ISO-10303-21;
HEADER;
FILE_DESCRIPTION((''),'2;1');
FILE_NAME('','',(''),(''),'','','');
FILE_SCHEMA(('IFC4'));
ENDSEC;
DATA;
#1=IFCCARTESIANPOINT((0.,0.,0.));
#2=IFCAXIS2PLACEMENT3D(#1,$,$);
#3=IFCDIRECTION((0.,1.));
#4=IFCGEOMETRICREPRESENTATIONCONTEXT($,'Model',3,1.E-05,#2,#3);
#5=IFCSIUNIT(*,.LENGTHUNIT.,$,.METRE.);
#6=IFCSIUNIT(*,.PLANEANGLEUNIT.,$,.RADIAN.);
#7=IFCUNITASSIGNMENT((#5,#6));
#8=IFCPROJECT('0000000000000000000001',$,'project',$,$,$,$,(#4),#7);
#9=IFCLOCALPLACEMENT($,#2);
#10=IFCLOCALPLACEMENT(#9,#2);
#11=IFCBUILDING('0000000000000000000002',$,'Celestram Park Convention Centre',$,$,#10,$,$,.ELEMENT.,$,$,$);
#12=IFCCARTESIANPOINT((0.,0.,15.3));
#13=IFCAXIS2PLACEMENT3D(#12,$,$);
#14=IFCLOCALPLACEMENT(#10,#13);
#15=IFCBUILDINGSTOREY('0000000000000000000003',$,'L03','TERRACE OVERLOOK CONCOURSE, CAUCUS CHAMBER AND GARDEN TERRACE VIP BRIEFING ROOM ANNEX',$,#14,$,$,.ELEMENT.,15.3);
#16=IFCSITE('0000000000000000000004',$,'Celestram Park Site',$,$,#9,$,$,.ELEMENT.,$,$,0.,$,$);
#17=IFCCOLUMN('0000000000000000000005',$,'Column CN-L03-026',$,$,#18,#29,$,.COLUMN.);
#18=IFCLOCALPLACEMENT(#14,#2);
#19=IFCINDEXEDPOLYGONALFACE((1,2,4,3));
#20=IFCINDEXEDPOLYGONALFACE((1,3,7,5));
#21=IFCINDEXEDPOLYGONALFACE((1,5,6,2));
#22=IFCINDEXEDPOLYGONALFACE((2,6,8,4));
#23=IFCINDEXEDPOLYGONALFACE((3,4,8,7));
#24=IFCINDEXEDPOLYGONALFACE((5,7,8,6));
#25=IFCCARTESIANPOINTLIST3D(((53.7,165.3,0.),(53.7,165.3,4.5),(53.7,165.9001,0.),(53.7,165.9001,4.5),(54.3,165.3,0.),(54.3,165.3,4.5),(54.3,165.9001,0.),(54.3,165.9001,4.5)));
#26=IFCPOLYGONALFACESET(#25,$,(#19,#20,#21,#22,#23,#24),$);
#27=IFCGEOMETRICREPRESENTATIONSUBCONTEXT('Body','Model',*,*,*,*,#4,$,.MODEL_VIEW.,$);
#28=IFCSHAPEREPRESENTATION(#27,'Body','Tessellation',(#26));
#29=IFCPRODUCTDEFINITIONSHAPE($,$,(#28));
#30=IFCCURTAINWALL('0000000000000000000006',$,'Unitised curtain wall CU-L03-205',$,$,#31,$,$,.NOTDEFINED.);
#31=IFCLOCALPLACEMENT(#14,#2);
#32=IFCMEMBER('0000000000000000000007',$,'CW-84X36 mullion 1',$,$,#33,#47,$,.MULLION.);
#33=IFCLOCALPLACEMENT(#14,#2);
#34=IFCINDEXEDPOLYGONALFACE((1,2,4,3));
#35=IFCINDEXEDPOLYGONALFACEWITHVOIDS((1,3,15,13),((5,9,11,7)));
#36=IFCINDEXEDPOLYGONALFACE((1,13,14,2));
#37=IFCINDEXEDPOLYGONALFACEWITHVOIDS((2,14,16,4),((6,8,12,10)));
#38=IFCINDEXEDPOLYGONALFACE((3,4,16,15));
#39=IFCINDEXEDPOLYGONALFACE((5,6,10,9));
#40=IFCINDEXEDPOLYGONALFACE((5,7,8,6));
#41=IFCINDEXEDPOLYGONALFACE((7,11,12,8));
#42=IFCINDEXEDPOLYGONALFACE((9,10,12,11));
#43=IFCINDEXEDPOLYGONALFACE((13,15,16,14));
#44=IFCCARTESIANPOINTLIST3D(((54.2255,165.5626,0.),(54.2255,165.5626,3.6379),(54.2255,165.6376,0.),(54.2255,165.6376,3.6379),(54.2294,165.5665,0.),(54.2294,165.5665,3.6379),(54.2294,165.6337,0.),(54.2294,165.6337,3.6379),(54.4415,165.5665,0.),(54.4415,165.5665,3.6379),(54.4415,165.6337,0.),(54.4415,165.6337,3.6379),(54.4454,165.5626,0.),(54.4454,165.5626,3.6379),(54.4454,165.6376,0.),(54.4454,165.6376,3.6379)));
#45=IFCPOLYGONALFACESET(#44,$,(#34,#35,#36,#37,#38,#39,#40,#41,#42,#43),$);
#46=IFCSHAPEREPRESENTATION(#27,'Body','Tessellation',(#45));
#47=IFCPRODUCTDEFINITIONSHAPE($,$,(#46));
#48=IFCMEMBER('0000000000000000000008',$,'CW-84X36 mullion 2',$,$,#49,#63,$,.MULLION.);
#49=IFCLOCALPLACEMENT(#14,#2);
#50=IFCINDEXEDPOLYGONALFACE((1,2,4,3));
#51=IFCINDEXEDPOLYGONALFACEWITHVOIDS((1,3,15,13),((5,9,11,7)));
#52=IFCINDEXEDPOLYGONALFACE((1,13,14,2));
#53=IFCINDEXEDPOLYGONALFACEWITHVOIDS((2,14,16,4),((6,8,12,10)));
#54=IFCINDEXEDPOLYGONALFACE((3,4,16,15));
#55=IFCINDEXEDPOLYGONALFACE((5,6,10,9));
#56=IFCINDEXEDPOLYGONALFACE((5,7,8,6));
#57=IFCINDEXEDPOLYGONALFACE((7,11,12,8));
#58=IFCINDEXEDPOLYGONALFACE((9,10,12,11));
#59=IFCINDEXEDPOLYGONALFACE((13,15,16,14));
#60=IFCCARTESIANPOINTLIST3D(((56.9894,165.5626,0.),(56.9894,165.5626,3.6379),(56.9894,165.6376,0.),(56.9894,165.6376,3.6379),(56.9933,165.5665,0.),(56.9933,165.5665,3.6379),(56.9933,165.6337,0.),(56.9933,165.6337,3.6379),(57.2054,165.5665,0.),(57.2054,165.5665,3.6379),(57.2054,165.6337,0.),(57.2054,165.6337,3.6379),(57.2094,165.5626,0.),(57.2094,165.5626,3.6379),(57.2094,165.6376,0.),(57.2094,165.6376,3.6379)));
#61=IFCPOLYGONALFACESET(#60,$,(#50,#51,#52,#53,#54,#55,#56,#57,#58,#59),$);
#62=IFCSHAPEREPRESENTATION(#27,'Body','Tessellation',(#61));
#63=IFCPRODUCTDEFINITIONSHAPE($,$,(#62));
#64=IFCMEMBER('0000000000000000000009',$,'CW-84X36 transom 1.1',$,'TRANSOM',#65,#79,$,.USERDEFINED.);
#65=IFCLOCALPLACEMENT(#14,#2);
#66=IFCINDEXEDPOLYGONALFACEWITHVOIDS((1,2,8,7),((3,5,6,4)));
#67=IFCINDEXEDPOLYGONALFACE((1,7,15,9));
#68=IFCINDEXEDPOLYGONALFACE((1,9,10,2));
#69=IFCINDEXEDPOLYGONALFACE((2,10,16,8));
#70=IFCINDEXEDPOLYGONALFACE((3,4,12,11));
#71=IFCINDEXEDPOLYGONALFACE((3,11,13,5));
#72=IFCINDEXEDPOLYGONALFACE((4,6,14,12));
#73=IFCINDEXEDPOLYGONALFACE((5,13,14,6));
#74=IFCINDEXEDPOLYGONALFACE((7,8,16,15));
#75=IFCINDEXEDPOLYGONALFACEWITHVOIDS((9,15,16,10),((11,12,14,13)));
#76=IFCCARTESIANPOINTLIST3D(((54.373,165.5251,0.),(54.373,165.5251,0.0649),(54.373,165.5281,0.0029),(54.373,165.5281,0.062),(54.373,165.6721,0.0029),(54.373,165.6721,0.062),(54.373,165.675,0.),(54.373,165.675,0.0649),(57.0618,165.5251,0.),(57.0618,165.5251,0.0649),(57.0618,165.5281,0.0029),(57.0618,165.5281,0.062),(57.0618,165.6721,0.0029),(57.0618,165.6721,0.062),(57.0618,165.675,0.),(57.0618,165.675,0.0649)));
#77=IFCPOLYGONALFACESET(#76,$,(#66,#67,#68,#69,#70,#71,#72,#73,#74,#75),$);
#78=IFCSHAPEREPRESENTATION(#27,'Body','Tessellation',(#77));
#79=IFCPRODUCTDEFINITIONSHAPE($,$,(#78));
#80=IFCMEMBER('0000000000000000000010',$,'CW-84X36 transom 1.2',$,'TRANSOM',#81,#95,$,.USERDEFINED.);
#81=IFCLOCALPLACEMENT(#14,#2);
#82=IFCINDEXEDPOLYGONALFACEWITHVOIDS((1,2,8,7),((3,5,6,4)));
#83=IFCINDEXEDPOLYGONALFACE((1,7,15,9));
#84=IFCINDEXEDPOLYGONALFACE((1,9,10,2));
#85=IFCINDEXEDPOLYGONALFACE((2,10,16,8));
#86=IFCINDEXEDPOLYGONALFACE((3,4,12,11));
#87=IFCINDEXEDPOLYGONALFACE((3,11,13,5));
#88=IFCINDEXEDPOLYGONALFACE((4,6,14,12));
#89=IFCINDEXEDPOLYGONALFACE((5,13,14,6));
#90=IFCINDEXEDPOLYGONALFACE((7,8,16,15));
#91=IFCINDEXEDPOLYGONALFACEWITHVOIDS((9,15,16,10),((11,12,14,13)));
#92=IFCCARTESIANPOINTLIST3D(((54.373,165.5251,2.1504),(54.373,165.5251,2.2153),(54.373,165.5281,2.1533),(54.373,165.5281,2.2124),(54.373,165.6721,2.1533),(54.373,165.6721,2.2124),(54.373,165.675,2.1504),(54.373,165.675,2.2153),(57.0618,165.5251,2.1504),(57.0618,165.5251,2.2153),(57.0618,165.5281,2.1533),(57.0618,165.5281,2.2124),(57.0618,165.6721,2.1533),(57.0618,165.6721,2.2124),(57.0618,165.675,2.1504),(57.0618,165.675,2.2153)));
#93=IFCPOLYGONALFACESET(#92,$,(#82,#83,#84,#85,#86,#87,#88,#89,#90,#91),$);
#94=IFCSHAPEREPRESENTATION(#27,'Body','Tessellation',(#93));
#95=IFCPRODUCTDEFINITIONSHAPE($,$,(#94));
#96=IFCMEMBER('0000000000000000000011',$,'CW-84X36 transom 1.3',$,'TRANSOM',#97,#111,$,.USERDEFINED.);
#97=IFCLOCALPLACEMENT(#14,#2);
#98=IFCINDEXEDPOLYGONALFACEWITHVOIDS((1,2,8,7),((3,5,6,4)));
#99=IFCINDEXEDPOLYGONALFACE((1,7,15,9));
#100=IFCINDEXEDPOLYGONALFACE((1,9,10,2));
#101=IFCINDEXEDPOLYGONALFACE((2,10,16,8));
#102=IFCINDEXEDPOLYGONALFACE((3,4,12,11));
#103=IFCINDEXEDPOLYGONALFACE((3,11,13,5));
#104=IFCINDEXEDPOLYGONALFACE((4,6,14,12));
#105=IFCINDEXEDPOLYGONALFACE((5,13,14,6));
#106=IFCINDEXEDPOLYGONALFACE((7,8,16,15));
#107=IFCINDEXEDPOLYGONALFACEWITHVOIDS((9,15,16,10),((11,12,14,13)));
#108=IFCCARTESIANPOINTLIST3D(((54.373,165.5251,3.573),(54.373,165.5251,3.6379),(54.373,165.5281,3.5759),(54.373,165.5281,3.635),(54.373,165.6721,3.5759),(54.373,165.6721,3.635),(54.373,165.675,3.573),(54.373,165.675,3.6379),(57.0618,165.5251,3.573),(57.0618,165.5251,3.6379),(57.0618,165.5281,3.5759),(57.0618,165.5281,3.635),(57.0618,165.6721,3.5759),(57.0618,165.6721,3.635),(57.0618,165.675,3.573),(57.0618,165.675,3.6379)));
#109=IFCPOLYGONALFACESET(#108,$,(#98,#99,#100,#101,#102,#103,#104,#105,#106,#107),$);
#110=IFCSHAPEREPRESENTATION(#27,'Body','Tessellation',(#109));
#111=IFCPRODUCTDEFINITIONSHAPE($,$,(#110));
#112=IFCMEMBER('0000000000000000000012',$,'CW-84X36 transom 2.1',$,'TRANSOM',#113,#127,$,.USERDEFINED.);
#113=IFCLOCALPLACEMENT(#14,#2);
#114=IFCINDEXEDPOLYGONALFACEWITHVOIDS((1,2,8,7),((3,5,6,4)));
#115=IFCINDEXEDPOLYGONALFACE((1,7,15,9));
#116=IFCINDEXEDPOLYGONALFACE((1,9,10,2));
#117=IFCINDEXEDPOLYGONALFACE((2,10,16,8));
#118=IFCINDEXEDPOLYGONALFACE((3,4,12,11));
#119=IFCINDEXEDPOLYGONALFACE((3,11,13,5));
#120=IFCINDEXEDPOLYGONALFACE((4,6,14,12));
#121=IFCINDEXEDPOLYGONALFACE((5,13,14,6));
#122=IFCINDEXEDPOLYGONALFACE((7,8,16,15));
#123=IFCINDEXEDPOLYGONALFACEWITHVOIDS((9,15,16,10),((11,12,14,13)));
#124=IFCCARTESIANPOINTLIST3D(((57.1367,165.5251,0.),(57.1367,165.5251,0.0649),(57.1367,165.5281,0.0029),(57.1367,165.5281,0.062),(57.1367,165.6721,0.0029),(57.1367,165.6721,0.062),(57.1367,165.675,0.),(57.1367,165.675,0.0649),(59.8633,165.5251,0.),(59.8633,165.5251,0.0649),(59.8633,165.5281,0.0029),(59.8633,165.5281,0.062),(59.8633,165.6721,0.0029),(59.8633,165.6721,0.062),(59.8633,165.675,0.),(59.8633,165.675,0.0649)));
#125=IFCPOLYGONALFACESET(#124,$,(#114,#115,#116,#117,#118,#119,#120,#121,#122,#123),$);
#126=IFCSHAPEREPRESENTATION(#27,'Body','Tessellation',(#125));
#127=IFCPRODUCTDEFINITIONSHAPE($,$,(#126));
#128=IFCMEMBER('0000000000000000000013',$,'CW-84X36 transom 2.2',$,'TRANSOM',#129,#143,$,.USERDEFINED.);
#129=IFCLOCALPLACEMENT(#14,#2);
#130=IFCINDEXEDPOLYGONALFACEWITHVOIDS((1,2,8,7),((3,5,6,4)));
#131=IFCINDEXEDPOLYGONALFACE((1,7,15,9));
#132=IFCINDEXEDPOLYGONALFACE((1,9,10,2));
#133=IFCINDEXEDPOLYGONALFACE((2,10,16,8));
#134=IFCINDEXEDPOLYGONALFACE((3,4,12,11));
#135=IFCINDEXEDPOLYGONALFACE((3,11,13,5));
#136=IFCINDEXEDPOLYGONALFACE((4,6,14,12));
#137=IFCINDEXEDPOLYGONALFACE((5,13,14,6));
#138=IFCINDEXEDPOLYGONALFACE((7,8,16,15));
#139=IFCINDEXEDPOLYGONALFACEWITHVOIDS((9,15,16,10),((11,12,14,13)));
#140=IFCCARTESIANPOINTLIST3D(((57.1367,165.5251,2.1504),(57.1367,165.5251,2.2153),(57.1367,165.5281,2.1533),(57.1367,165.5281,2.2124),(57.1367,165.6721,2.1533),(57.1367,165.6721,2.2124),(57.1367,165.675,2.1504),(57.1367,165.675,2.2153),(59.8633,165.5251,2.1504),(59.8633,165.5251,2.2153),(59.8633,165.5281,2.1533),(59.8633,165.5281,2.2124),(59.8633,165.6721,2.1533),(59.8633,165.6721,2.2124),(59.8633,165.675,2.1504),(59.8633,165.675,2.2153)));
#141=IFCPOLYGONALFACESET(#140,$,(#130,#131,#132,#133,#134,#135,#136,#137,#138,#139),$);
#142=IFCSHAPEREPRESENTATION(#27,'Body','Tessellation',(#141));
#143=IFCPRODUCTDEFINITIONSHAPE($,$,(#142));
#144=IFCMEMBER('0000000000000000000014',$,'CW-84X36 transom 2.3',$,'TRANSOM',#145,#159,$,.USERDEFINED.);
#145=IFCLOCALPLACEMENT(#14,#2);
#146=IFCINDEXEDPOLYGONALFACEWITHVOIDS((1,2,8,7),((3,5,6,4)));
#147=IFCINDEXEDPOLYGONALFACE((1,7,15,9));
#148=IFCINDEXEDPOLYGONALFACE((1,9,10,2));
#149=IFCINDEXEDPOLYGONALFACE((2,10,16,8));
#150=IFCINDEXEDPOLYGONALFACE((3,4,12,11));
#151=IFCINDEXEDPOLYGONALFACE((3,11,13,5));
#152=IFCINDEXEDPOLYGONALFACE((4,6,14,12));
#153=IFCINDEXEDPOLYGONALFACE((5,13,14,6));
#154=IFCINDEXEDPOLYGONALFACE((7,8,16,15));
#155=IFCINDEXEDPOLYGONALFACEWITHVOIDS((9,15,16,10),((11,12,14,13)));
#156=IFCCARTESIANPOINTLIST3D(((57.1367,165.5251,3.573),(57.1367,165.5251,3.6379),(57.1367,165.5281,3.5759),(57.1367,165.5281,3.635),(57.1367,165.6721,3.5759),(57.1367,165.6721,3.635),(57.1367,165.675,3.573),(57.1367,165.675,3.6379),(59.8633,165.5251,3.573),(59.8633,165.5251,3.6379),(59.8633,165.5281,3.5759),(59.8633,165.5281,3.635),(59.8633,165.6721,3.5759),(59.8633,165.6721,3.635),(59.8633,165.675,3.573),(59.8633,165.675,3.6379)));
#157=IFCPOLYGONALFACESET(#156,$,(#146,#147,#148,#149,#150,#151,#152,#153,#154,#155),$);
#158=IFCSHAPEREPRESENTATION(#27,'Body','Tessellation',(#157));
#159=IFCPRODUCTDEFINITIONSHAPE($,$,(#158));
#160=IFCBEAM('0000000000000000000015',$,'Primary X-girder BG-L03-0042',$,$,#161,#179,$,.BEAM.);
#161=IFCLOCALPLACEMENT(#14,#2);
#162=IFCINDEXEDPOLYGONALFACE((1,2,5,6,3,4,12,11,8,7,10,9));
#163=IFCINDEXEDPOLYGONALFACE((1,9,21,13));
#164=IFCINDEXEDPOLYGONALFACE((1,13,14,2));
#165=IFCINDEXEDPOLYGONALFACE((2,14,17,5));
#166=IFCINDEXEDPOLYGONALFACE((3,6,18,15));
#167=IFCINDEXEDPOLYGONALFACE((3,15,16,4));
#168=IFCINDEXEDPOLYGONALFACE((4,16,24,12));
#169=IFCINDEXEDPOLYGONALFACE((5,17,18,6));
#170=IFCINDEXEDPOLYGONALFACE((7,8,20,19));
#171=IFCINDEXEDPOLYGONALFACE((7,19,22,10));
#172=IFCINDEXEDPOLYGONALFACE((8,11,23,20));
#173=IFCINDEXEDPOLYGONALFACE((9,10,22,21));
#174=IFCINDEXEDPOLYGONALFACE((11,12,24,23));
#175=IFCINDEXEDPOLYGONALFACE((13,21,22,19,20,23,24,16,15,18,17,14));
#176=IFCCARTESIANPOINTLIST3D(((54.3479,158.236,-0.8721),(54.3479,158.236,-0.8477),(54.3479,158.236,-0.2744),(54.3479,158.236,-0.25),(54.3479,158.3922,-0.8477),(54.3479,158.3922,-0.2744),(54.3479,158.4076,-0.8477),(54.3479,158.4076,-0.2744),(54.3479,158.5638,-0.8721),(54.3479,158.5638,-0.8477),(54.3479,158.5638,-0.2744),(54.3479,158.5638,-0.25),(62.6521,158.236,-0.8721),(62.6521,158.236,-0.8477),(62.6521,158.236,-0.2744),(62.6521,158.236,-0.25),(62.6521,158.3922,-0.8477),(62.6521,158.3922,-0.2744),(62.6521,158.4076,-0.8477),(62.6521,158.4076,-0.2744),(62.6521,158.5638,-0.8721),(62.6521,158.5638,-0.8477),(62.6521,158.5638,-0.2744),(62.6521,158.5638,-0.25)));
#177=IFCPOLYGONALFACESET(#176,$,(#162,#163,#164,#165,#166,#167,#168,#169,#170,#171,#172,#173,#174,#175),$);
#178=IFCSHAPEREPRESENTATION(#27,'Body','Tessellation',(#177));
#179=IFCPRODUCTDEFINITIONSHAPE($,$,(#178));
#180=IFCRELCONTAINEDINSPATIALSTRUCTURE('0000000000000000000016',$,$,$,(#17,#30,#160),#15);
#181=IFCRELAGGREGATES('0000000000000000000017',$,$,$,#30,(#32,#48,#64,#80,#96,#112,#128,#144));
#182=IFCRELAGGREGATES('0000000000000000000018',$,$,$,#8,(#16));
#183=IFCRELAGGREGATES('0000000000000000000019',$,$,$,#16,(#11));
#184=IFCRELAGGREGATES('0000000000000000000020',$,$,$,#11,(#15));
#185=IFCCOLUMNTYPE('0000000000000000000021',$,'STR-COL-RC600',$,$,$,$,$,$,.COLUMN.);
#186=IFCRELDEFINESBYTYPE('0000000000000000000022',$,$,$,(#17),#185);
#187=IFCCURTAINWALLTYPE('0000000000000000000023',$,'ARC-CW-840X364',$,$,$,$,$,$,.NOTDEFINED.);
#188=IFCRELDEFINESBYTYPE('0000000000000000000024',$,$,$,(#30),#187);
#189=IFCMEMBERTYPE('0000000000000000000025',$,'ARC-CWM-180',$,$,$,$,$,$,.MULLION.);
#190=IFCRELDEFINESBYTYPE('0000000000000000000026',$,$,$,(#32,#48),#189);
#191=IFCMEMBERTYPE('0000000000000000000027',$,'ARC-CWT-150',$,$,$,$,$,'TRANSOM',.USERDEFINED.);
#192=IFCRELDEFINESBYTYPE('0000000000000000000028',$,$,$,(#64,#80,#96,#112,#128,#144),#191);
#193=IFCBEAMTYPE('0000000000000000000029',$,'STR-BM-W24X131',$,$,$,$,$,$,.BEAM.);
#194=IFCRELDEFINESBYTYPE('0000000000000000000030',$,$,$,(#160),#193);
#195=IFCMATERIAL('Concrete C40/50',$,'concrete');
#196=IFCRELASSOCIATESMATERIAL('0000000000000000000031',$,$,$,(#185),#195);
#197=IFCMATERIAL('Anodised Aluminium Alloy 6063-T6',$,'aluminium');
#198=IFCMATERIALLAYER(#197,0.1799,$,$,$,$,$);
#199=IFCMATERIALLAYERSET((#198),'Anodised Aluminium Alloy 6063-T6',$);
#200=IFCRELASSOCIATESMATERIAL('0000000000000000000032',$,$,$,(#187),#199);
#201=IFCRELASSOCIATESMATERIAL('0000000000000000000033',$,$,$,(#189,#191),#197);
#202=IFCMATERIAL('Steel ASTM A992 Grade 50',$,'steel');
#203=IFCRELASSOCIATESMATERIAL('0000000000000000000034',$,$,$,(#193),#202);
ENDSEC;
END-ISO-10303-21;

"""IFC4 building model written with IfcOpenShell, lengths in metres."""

from ifc_helpers import new_model, si_unit, direction, frame, origin, origin_2d, place, context, subcontext, project, spatial, rectangle, hollow_rectangle, i_section, extrude, material, layer, layer_set, material_profile, profile_set, type_object, element, aggregate, save


model = new_model("IFC4")

# Units and contexts
model_context = context("Model", 3, precision=1e-05, world=origin(), true_north=direction((0.0, 1.0)))
body_context = subcontext(model_context, "Body", "Model", "MODEL_VIEW")
ifc_project = project(units=[si_unit("LENGTHUNIT", "METRE"), si_unit("PLANEANGLEUNIT", "RADIAN")], contexts=[model_context])

# Site, building, storey
site_placement = place(None, origin())
site = spatial("IfcSite", under=ifc_project, at=site_placement, Name="Celestram Park Site", CompositionType="ELEMENT", RefElevation=0.0)
building_placement = place(site_placement, origin())
building = spatial("IfcBuilding", under=site, at=building_placement, Name="Celestram Park Convention Centre", CompositionType="ELEMENT")
storey_placement = place(building_placement, frame((0.0, 0.0, 15.3)))
storey = spatial("IfcBuildingStorey", under=building, at=storey_placement, Name="L03", Description="TERRACE OVERLOOK CONCOURSE, CAUCUS CHAMBER AND GARDEN TERRACE VIP BRIEFING ROOM ANNEX", CompositionType="ELEMENT", Elevation=15.3)

# Column
ifc_material_1 = material(Name="Concrete C40/50", Category="concrete")
ifc_material_profile_1 = material_profile(ifc_material_1, rectangle(XDim=0.6001, YDim=0.6001, at=origin_2d()), Name="RC600X600")
ifc_profile_set_1 = profile_set([ifc_material_profile_1], Name="Concrete C40/50")
column_type = type_object("IfcColumnType", Name="STR-COL-RC600", PredefinedType="COLUMN", material=ifc_profile_set_1)
column_placement = place(storey_placement, frame((54.0, 165.6001, 0.0), z_axis=(0.0, 0.0, 1.0), x_axis=(1.0, 0.0, 0.0)))
element("IfcColumn", 1, at=column_placement, inside=storey, type_object=column_type, Name="Column CN-L03-026", PredefinedType="COLUMN", context=body_context, shape_type="SweptSolid", body=[
    extrude(rectangle(XDim=0.6001, YDim=0.6001, at=origin_2d()), origin(), (0.0, 0.0, 1.0), 4.5),
])

# Curtain wall, members
ifc_material_2 = material(Name="Anodised Aluminium Alloy 6063-T6", Category="aluminium")
ifc_layer_1 = layer(ifc_material_2, 0.1799)
ifc_layer_set_1 = layer_set([ifc_layer_1], Name="Anodised Aluminium Alloy 6063-T6")
curtain_wall_type = type_object("IfcCurtainWallType", Name="ARC-CW-840X364", PredefinedType="NOTDEFINED", material=ifc_layer_set_1)
curtain_wall_placement = place(storey_placement, origin())
curtain_wall = element("IfcCurtainWall", 2, at=curtain_wall_placement, inside=storey, type_object=curtain_wall_type, Name="Unitised curtain wall CU-L03-205", PredefinedType="NOTDEFINED")
ifc_material_profile_2 = material_profile(ifc_material_2, hollow_rectangle(XDim=0.075, YDim=0.22, WallThickness=0.0039, at=origin_2d()), Name="ALU75X220X4")
ifc_profile_set_2 = profile_set([ifc_material_profile_2], Name="Anodised Aluminium Alloy 6063-T6")
member_type_1 = type_object("IfcMemberType", Name="ARC-CWM-180", PredefinedType="MULLION", material=ifc_profile_set_2)
member_1_placement = place(storey_placement, frame((54.3354, 165.6001, 0.0), z_axis=(0.0, 0.0, 1.0), x_axis=(0.0, 1.0, 0.0)))
member_1 = element("IfcMember", 3, at=member_1_placement, type_object=member_type_1, Name="CW-84X36 mullion 1", PredefinedType="MULLION", context=body_context, shape_type="SweptSolid", body=[
    extrude(hollow_rectangle(XDim=0.075, YDim=0.22, WallThickness=0.0039, at=origin_2d()), origin(), (0.0, 0.0, 1.0), 3.6379),
])
member_2_placement = place(storey_placement, frame((57.0994, 165.6001, 0.0), z_axis=(0.0, 0.0, 1.0), x_axis=(0.0, 1.0, 0.0)))
member_2 = element("IfcMember", 4, at=member_2_placement, type_object=member_type_1, Name="CW-84X36 mullion 2", PredefinedType="MULLION", context=body_context, shape_type="SweptSolid", body=[
    extrude(hollow_rectangle(XDim=0.075, YDim=0.22, WallThickness=0.0039, at=origin_2d()), origin(), (0.0, 0.0, 1.0), 3.6379),
])
ifc_material_profile_3 = material_profile(ifc_material_2, hollow_rectangle(XDim=0.1499, YDim=0.0649, WallThickness=0.0029, at=origin_2d()), Name="ALU150X65X3")
ifc_profile_set_3 = profile_set([ifc_material_profile_3], Name="Anodised Aluminium Alloy 6063-T6")
member_type_2 = type_object("IfcMemberType", Name="ARC-CWT-150", ElementType="TRANSOM", PredefinedType="USERDEFINED", material=ifc_profile_set_3)
member_3_placement = place(storey_placement, frame((54.373, 165.6001, 0.0325), z_axis=(1.0, 0.0, 0.0), x_axis=(0.0, 1.0, 0.0)))
member_3 = element("IfcMember", 5, at=member_3_placement, type_object=member_type_2, Name="CW-84X36 transom 1.1", ObjectType="TRANSOM", PredefinedType="USERDEFINED", context=body_context, shape_type="SweptSolid", body=[
    extrude(hollow_rectangle(XDim=0.1499, YDim=0.0649, WallThickness=0.0029, at=origin_2d()), origin(), (0.0, 0.0, 1.0), 2.6887),
])
member_4_placement = place(storey_placement, frame((54.373, 165.6001, 2.1829), z_axis=(1.0, 0.0, 0.0), x_axis=(0.0, 1.0, 0.0)))
member_4 = element("IfcMember", 6, at=member_4_placement, type_object=member_type_2, Name="CW-84X36 transom 1.2", ObjectType="TRANSOM", PredefinedType="USERDEFINED", context=body_context, shape_type="SweptSolid", body=[
    extrude(hollow_rectangle(XDim=0.1499, YDim=0.0649, WallThickness=0.0029, at=origin_2d()), origin(), (0.0, 0.0, 1.0), 2.6887),
])
member_5_placement = place(storey_placement, frame((54.373, 165.6001, 3.6055), z_axis=(1.0, 0.0, 0.0), x_axis=(0.0, 1.0, 0.0)))
member_5 = element("IfcMember", 7, at=member_5_placement, type_object=member_type_2, Name="CW-84X36 transom 1.3", ObjectType="TRANSOM", PredefinedType="USERDEFINED", context=body_context, shape_type="SweptSolid", body=[
    extrude(hollow_rectangle(XDim=0.1499, YDim=0.0649, WallThickness=0.0029, at=origin_2d()), origin(), (0.0, 0.0, 1.0), 2.6887),
])
member_6_placement = place(storey_placement, frame((57.1367, 165.6001, 0.0325), z_axis=(1.0, 0.0, 0.0), x_axis=(0.0, 1.0, 0.0)))
member_6 = element("IfcMember", 8, at=member_6_placement, type_object=member_type_2, Name="CW-84X36 transom 2.1", ObjectType="TRANSOM", PredefinedType="USERDEFINED", context=body_context, shape_type="SweptSolid", body=[
    extrude(hollow_rectangle(XDim=0.1499, YDim=0.0649, WallThickness=0.0029, at=origin_2d()), origin(), (0.0, 0.0, 1.0), 2.7266),
])
member_7_placement = place(storey_placement, frame((57.1367, 165.6001, 2.1829), z_axis=(1.0, 0.0, 0.0), x_axis=(0.0, 1.0, 0.0)))
member_7 = element("IfcMember", 9, at=member_7_placement, type_object=member_type_2, Name="CW-84X36 transom 2.2", ObjectType="TRANSOM", PredefinedType="USERDEFINED", context=body_context, shape_type="SweptSolid", body=[
    extrude(hollow_rectangle(XDim=0.1499, YDim=0.0649, WallThickness=0.0029, at=origin_2d()), origin(), (0.0, 0.0, 1.0), 2.7266),
])
member_8_placement = place(storey_placement, frame((57.1367, 165.6001, 3.6055), z_axis=(1.0, 0.0, 0.0), x_axis=(0.0, 1.0, 0.0)))
member_8 = element("IfcMember", 10, at=member_8_placement, type_object=member_type_2, Name="CW-84X36 transom 2.3", ObjectType="TRANSOM", PredefinedType="USERDEFINED", context=body_context, shape_type="SweptSolid", body=[
    extrude(hollow_rectangle(XDim=0.1499, YDim=0.0649, WallThickness=0.0029, at=origin_2d()), origin(), (0.0, 0.0, 1.0), 2.7266),
])

# Beam
ifc_material_3 = material(Name="Steel ASTM A992 Grade 50", Category="steel")
ifc_material_profile_4 = material_profile(ifc_material_3, i_section(OverallWidth=0.3279, OverallDepth=0.6221, WebThickness=0.0154, FlangeThickness=0.0244, at=origin_2d()), Name="W24X131")
ifc_profile_set_4 = profile_set([ifc_material_profile_4], Name="Steel ASTM A992 Grade 50")
beam_type_1 = type_object("IfcBeamType", Name="STR-BM-W24X131", PredefinedType="BEAM", material=ifc_profile_set_4)
beam_1_placement = place(storey_placement, frame((54.3479, 158.3999, -0.561), z_axis=(1.0, 0.0, 0.0), x_axis=(0.0, 1.0, 0.0)))
element("IfcBeam", 11, at=beam_1_placement, inside=storey, type_object=beam_type_1, Name="Primary X-girder BG-L03-0042", PredefinedType="BEAM", context=body_context, shape_type="SweptSolid", body=[
    extrude(i_section(OverallWidth=0.3279, OverallDepth=0.6221, WebThickness=0.0154, FlangeThickness=0.0244, at=origin_2d()), origin(), (0.0, 0.0, 1.0), 8.3042),
])

aggregate(curtain_wall, [member_1, member_2, member_3, member_4, member_5, member_6, member_7, member_8])

save(model, "model.ifc")
